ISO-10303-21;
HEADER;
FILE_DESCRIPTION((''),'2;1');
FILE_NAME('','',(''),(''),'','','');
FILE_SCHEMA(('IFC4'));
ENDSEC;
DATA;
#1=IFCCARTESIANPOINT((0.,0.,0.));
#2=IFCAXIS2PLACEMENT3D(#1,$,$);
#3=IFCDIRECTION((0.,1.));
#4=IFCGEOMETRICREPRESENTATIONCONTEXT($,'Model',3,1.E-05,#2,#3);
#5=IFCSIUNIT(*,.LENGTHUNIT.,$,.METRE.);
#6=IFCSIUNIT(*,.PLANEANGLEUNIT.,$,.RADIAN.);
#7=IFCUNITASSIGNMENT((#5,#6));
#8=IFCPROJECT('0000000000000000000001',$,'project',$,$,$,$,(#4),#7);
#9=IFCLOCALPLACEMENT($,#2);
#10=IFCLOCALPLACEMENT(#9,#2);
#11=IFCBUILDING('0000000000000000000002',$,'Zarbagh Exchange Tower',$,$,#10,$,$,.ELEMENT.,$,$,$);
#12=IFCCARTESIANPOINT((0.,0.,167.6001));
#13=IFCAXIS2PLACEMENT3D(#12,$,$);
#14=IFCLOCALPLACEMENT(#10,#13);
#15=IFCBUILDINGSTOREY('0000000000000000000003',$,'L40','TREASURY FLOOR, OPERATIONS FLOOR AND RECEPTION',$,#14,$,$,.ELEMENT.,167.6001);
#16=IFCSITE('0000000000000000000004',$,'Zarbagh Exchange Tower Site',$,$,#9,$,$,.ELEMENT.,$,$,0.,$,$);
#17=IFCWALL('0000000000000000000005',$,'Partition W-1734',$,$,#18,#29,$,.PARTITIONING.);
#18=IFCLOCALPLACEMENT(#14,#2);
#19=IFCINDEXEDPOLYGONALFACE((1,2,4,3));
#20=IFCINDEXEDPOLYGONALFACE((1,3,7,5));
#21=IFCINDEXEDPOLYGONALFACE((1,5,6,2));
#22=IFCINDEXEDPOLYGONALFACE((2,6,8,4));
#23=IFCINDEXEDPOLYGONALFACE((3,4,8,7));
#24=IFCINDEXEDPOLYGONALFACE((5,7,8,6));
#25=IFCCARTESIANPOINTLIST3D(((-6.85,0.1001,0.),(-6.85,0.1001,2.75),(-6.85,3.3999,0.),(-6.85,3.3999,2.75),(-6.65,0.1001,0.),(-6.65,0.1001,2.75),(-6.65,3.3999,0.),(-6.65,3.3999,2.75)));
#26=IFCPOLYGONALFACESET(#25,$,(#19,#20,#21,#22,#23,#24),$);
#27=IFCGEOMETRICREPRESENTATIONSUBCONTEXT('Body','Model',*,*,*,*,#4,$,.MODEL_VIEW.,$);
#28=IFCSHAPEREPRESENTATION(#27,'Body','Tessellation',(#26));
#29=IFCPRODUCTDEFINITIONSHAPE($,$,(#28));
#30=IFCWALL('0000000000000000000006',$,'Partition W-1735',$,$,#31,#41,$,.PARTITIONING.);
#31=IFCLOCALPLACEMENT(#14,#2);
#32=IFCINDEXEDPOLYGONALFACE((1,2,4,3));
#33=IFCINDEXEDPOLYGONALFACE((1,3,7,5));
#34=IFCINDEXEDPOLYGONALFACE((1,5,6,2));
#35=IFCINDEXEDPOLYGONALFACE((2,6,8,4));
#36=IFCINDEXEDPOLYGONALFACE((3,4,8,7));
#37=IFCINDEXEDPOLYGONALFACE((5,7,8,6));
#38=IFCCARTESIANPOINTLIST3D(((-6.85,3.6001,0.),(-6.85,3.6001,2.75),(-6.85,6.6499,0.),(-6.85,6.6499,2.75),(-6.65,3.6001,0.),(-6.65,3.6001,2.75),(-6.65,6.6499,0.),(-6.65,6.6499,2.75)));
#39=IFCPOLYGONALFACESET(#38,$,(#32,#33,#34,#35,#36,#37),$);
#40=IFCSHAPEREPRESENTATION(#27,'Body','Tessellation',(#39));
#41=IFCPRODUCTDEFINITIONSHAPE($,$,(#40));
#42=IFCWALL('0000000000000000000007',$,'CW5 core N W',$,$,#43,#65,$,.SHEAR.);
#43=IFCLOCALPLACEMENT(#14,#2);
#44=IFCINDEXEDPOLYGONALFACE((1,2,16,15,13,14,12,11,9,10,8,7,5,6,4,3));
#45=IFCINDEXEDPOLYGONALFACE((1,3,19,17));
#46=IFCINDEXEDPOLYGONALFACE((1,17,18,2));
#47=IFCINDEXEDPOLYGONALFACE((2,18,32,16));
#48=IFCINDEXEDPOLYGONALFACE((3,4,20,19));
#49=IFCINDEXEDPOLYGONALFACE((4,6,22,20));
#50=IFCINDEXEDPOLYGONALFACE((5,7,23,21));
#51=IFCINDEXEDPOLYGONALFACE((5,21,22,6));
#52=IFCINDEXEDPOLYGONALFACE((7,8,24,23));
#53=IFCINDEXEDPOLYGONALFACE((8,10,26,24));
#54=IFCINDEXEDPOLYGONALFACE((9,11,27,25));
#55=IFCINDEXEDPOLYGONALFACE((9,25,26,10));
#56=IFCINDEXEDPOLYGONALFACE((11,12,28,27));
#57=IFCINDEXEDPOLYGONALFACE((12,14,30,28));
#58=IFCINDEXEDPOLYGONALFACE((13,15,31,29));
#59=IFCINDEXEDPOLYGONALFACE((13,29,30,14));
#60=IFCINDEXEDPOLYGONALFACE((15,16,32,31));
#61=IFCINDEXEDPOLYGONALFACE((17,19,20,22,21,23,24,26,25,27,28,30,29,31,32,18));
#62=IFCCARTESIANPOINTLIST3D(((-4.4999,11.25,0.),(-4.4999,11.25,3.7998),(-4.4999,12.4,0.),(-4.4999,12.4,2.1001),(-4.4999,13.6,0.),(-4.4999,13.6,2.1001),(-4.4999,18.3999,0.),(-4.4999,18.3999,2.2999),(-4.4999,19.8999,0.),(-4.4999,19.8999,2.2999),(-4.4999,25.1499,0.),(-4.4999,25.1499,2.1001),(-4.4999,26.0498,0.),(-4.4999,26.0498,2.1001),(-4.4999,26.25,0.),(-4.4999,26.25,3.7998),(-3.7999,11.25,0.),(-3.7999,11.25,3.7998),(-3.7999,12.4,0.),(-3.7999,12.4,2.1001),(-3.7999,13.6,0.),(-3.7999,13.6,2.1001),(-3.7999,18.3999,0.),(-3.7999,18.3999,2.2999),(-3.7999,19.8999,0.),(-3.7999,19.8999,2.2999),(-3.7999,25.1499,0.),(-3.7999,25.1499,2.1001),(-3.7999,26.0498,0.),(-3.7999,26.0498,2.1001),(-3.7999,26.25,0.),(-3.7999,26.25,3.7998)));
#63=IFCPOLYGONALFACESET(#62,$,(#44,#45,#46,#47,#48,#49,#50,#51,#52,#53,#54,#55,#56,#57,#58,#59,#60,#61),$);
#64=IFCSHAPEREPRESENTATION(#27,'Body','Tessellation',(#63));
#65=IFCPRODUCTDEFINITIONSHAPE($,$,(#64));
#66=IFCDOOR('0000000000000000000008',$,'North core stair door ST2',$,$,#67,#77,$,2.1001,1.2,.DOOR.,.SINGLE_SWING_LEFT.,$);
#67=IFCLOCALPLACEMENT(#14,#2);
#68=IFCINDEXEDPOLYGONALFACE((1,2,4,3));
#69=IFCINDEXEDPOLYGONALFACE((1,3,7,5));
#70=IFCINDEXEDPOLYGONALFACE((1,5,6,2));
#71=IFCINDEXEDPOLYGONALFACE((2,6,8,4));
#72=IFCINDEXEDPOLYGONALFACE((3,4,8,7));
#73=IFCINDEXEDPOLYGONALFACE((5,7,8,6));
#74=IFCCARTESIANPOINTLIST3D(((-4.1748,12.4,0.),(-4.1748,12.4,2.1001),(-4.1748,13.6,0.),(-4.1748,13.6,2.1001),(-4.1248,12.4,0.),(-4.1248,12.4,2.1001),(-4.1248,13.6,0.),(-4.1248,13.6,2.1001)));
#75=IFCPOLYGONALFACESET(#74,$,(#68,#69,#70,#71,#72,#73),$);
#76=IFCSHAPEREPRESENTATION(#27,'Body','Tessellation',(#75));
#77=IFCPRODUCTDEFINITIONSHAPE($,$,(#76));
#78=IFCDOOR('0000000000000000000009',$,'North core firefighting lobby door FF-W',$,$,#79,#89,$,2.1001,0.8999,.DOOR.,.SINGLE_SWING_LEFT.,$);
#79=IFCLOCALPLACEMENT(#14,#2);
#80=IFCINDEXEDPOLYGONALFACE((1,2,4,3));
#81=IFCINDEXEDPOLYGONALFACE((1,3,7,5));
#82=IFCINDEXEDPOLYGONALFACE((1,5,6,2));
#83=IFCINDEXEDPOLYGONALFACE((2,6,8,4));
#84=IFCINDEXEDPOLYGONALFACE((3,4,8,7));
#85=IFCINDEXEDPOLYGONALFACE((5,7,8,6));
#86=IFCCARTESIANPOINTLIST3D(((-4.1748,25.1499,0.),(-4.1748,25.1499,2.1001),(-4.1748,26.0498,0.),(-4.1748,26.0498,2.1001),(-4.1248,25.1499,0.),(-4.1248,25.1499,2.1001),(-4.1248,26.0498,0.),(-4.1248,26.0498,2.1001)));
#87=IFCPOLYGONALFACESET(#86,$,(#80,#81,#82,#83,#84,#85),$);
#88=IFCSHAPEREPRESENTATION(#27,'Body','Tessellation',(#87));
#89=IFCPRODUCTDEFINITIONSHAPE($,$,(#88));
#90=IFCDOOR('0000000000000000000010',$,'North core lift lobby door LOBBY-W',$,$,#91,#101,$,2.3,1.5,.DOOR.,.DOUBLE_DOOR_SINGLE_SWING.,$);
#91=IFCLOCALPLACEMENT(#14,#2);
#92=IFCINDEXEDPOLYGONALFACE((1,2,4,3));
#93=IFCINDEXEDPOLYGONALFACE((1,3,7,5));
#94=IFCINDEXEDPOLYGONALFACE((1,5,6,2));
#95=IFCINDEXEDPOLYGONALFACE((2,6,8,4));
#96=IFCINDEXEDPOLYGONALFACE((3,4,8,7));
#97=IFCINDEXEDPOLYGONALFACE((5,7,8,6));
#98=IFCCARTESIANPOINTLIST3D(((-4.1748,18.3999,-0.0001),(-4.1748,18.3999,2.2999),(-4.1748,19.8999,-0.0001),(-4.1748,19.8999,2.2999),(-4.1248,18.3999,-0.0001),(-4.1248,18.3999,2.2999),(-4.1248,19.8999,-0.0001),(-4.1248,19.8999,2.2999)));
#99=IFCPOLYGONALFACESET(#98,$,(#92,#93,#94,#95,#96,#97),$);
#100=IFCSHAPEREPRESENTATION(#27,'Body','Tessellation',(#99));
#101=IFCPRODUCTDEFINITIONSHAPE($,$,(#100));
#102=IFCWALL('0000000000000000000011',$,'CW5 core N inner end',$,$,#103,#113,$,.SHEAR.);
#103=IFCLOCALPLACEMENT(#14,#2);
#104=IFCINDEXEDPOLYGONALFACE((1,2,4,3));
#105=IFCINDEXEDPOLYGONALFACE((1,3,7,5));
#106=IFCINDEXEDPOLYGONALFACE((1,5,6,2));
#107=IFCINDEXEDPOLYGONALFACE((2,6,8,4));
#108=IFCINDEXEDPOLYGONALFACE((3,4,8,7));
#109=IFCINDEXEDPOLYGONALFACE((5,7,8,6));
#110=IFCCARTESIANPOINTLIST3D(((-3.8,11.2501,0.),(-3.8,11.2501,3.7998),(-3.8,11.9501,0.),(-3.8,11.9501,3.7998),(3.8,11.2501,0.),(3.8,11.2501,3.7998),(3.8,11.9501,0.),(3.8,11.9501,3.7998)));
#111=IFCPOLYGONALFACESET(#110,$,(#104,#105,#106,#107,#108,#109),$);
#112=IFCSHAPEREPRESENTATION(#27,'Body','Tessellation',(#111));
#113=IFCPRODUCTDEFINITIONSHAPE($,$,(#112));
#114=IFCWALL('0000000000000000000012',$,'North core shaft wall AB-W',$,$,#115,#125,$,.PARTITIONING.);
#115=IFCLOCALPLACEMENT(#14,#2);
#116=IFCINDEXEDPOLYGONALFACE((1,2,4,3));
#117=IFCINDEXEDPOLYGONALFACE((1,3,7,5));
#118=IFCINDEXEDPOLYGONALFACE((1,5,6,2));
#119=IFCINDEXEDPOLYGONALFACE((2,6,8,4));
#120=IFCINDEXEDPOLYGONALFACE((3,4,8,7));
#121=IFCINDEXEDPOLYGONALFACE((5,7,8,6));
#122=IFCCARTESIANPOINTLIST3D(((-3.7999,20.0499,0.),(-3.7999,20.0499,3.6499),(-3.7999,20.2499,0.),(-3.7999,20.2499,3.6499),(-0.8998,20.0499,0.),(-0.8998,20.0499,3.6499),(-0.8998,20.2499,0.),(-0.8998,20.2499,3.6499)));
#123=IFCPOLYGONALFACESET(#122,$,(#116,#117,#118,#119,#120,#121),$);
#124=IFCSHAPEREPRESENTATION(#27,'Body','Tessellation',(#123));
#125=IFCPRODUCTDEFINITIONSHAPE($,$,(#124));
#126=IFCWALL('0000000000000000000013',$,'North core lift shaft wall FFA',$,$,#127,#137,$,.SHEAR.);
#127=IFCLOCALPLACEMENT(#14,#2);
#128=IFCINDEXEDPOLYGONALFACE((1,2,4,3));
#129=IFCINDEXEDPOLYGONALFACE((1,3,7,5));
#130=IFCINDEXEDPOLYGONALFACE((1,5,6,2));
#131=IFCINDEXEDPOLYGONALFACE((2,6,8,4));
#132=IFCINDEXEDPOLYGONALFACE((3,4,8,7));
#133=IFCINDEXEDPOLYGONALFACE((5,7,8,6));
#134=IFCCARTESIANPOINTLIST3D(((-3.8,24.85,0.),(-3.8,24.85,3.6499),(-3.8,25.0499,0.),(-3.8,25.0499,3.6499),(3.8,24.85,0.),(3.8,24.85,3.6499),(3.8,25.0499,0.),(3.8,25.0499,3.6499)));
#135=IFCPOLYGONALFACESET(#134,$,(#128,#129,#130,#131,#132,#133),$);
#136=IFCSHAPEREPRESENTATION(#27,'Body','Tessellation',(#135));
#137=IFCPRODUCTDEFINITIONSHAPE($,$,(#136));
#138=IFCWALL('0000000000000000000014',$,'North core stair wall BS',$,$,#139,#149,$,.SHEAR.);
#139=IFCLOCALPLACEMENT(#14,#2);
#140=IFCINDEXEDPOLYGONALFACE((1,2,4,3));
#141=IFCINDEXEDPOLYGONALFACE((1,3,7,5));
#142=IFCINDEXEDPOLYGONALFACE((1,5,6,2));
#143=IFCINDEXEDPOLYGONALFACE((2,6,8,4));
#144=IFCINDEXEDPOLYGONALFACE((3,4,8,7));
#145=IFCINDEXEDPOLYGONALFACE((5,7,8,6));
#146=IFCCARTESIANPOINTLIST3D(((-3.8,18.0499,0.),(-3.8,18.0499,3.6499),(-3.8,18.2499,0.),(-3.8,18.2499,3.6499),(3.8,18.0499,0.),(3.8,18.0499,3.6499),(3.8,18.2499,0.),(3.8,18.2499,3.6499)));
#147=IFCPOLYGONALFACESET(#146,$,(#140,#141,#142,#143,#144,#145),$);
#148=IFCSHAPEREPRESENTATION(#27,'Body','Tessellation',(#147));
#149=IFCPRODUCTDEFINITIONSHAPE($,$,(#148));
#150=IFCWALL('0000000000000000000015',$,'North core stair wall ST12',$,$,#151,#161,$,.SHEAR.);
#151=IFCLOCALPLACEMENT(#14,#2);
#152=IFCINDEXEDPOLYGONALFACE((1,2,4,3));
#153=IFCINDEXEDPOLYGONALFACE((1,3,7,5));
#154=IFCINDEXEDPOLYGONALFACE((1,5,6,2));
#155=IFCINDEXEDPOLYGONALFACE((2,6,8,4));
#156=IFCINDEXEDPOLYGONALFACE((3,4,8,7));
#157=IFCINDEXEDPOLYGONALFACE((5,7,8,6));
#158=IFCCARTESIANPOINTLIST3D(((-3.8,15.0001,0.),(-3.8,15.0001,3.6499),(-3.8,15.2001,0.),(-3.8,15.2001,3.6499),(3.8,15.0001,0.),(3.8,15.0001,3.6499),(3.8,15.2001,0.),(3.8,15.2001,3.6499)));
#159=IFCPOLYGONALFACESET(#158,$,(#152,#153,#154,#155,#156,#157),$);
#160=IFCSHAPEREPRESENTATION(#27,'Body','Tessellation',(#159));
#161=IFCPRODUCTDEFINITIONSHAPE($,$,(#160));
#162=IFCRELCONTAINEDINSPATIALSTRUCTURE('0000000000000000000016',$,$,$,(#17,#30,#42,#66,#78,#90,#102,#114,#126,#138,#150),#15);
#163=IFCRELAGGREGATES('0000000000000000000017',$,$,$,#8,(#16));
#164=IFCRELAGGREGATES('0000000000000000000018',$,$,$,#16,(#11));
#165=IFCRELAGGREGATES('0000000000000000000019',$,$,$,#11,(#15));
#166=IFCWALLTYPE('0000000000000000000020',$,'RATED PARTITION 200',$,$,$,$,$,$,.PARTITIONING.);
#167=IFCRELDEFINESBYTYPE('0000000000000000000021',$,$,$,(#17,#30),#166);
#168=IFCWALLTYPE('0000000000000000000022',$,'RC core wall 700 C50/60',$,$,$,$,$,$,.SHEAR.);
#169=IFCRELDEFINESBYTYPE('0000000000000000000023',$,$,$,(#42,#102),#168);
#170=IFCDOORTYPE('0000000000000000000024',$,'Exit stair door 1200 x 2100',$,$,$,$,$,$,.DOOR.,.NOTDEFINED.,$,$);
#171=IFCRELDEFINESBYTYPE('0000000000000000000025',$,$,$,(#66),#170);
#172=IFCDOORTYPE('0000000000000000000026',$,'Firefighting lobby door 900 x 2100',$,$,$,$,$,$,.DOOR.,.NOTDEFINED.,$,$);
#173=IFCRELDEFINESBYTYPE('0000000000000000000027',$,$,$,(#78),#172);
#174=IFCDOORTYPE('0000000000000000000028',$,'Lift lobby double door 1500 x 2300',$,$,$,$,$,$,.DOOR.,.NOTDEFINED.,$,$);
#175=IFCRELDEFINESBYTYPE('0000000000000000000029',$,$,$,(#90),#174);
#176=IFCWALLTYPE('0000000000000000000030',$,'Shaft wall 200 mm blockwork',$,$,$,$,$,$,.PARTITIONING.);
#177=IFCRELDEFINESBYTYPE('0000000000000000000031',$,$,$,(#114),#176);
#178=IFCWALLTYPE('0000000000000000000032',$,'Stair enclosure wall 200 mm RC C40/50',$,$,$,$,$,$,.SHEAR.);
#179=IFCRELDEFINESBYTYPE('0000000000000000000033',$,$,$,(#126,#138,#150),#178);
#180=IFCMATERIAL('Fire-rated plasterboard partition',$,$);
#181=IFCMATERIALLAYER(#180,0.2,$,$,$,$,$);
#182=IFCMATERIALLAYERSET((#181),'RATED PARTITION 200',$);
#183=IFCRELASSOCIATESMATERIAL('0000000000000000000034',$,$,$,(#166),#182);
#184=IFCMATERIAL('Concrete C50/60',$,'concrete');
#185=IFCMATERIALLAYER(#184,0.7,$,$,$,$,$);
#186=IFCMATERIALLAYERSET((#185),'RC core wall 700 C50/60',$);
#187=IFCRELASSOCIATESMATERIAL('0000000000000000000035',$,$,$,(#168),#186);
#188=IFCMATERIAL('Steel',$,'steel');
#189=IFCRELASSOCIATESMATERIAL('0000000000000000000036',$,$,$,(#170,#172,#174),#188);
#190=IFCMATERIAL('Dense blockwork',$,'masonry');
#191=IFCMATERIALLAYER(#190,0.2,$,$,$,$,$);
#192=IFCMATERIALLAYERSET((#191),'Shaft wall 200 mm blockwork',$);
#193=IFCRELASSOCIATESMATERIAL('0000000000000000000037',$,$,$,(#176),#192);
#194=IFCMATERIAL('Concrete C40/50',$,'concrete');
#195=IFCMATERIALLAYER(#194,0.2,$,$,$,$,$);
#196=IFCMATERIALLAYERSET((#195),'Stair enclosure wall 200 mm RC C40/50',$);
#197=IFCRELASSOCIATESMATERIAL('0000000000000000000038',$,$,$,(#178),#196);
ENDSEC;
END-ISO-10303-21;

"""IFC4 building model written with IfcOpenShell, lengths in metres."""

from ifc_helpers import new_model, si_unit, direction, frame, frame_2d, origin, place, context, subcontext, project, spatial, rectangle, extrude, material, layer, layer_set, type_object, element, fill, save


model = new_model("IFC4")

# Units and contexts
model_context = context("Model", 3, precision=1e-05, world=origin(), true_north=direction((0.0, 1.0)))
body_context = subcontext(model_context, "Body", "Model", "MODEL_VIEW")
ifc_project = project(units=[si_unit("LENGTHUNIT", "METRE"), si_unit("PLANEANGLEUNIT", "RADIAN")], contexts=[model_context])

# Site, building, storey
site_placement = place(None, origin())
site = spatial("IfcSite", under=ifc_project, at=site_placement, Name="Zarbagh Exchange Tower Site", CompositionType="ELEMENT", RefElevation=0.0)
building_placement = place(site_placement, origin())
building = spatial("IfcBuilding", under=site, at=building_placement, Name="Zarbagh Exchange Tower", CompositionType="ELEMENT")
storey_placement = place(building_placement, frame((0.0, 0.0, 167.6001)))
storey = spatial("IfcBuildingStorey", under=building, at=storey_placement, Name="L40", Description="TREASURY FLOOR, OPERATIONS FLOOR AND RECEPTION", CompositionType="ELEMENT", Elevation=167.6001)

# Shared definitions
ifc_material_1 = material(Name="Concrete C50/60", Category="concrete")

# Walls
ifc_material_2 = material(Name="Dense blockwork", Category="masonry")
ifc_material_3 = material(Name="Fire-rated plasterboard partition")
ifc_layer_1 = layer(ifc_material_3, 0.2)
ifc_layer_set_1 = layer_set([ifc_layer_1], Name="RATED PARTITION 200")
wall_type_1 = type_object("IfcWallType", Name="RATED PARTITION 200", PredefinedType="PARTITIONING", material=ifc_layer_set_1)
wall_1_placement = place(storey_placement, frame((-6.75, 0.1001, 0.0), z_axis=(0.0, 0.0, 1.0), x_axis=(0.0, 1.0, 0.0)))
element("IfcWall", 1, at=wall_1_placement, inside=storey, type_object=wall_type_1, Name="Partition W-1734", PredefinedType="PARTITIONING", context=body_context, shape_type="SweptSolid", body=[
    extrude(rectangle(XDim=3.2998, YDim=0.2, at=frame_2d((1.6499, 0.0))), origin(), (0.0, 0.0, 1.0), 2.75),
])
wall_2_placement = place(storey_placement, frame((-6.75, 3.6001, 0.0), z_axis=(0.0, 0.0, 1.0), x_axis=(0.0, 1.0, 0.0)))
element("IfcWall", 2, at=wall_2_placement, inside=storey, type_object=wall_type_1, Name="Partition W-1735", PredefinedType="PARTITIONING", context=body_context, shape_type="SweptSolid", body=[
    extrude(rectangle(XDim=3.0498, YDim=0.2, at=frame_2d((1.5249, 0.0))), origin(), (0.0, 0.0, 1.0), 2.75),
])

# Wall, openings, doors
ifc_layer_2 = layer(ifc_material_1, 0.7)
ifc_layer_set_2 = layer_set([ifc_layer_2], Name="RC core wall 700 C50/60")
wall_type_2 = type_object("IfcWallType", Name="RC core wall 700 C50/60", PredefinedType="SHEAR", material=ifc_layer_set_2)
wall_3_placement = place(storey_placement, frame((-4.1499, 11.25, 0.0), z_axis=(0.0, 0.0, 1.0), x_axis=(0.0, 1.0, 0.0)))
wall_3 = element("IfcWall", 3, at=wall_3_placement, inside=storey, type_object=wall_type_2, Name="CW5 core N W", PredefinedType="SHEAR", context=body_context, shape_type="SweptSolid", body=[
    extrude(rectangle(XDim=15.0, YDim=0.7, at=frame_2d((7.5, 0.0))), origin(), (0.0, 0.0, 1.0), 3.7998),
])
opening_1_placement = place(wall_3_placement, frame((7.1499, 0.0, 0.0)))
opening_1 = element("IfcOpeningElement", 4, at=opening_1_placement, cuts=wall_3, PredefinedType="OPENING", context=body_context, shape_type="SweptSolid", body=[
    extrude(rectangle(XDim=1.5, YDim=2.3, at=frame_2d((0.75, 1.1499))), frame((0.0, 0.3599, 0.0), z_axis=(0.0, -1.0, 0.0), x_axis=(1.0, 0.0, 0.0)), (0.0, 0.0, 1.0), 0.72),
])
opening_2_placement = place(wall_3_placement, frame((13.8999, 0.0, 0.0)))
opening_2 = element("IfcOpeningElement", 5, at=opening_2_placement, cuts=wall_3, PredefinedType="OPENING", context=body_context, shape_type="SweptSolid", body=[
    extrude(rectangle(XDim=0.8999, YDim=2.1001, at=frame_2d((0.45, 1.05))), frame((0.0, 0.3599, 0.0), z_axis=(0.0, -1.0, 0.0), x_axis=(1.0, 0.0, 0.0)), (0.0, 0.0, 1.0), 0.72),
])
opening_3_placement = place(wall_3_placement, frame((1.1499, 0.0, 0.0)))
opening_3 = element("IfcOpeningElement", 6, at=opening_3_placement, cuts=wall_3, PredefinedType="OPENING", context=body_context, shape_type="SweptSolid", body=[
    extrude(rectangle(XDim=1.2, YDim=2.1001, at=frame_2d((0.6001, 1.05))), frame((0.0, 0.3599, 0.0), z_axis=(0.0, -1.0, 0.0), x_axis=(1.0, 0.0, 0.0)), (0.0, 0.0, 1.0), 0.72),
])
ifc_material_4 = material(Name="Steel", Category="steel")
door_type_1 = type_object("IfcDoorType", Name="Exit stair door 1200 x 2100", OperationType="NOTDEFINED", PredefinedType="DOOR", material=ifc_material_4)
door_1_placement = place(opening_3_placement, origin())
door_1 = element("IfcDoor", 7, at=door_1_placement, inside=storey, type_object=door_type_1, Name="North core stair door ST2", OperationType="SINGLE_SWING_LEFT", OverallHeight=2.1001, OverallWidth=1.2, PredefinedType="DOOR", context=body_context, shape_type="SweptSolid", body=[
    extrude(rectangle(XDim=1.2, YDim=2.1001, at=frame_2d((0.6001, 1.05))), frame((0.0, 0.0249, 0.0), z_axis=(0.0, -1.0, 0.0), x_axis=(1.0, 0.0, 0.0)), (0.0, 0.0, 1.0), 0.05),
])
fill(opening_3, door_1)
door_type_2 = type_object("IfcDoorType", Name="Firefighting lobby door 900 x 2100", OperationType="NOTDEFINED", PredefinedType="DOOR", material=ifc_material_4)
door_2_placement = place(opening_2_placement, origin())
door_2 = element("IfcDoor", 8, at=door_2_placement, inside=storey, type_object=door_type_2, Name="North core firefighting lobby door FF-W", OperationType="SINGLE_SWING_LEFT", OverallHeight=2.1001, OverallWidth=0.8999, PredefinedType="DOOR", context=body_context, shape_type="SweptSolid", body=[
    extrude(rectangle(XDim=0.8999, YDim=2.1001, at=frame_2d((0.45, 1.05))), frame((0.0, 0.0249, 0.0), z_axis=(0.0, -1.0, 0.0), x_axis=(1.0, 0.0, 0.0)), (0.0, 0.0, 1.0), 0.05),
])
fill(opening_2, door_2)
door_type_3 = type_object("IfcDoorType", Name="Lift lobby double door 1500 x 2300", OperationType="NOTDEFINED", PredefinedType="DOOR", material=ifc_material_4)
door_3_placement = place(opening_1_placement, origin())
door_3 = element("IfcDoor", 9, at=door_3_placement, inside=storey, type_object=door_type_3, Name="North core lift lobby door LOBBY-W", OperationType="DOUBLE_DOOR_SINGLE_SWING", OverallHeight=2.3, OverallWidth=1.5, PredefinedType="DOOR", context=body_context, shape_type="SweptSolid", body=[
    extrude(rectangle(XDim=1.5, YDim=2.3, at=frame_2d((0.75, 1.1499))), frame((0.0, 0.0249, 0.0), z_axis=(0.0, -1.0, 0.0), x_axis=(1.0, 0.0, 0.0)), (0.0, 0.0, 1.0), 0.05),
])
fill(opening_1, door_3)

# Walls
wall_4_placement = place(storey_placement, frame((-3.8, 11.6001, 0.0), z_axis=(0.0, 0.0, 1.0), x_axis=(1.0, 0.0, 0.0)))
element("IfcWall", 10, at=wall_4_placement, inside=storey, type_object=wall_type_2, Name="CW5 core N inner end", PredefinedType="SHEAR", context=body_context, shape_type="SweptSolid", body=[
    extrude(rectangle(XDim=7.6001, YDim=0.7, at=frame_2d((3.8, 0.0))), origin(), (0.0, 0.0, 1.0), 3.7998),
])
ifc_layer_3 = layer(ifc_material_2, 0.2)
ifc_layer_set_3 = layer_set([ifc_layer_3], Name="Shaft wall 200 mm blockwork")
wall_type_3 = type_object("IfcWallType", Name="Shaft wall 200 mm blockwork", PredefinedType="PARTITIONING", material=ifc_layer_set_3)
wall_5_placement = place(storey_placement, frame((-3.8, 20.1499, 0.0), z_axis=(0.0, 0.0, 1.0), x_axis=(1.0, 0.0, 0.0)))
element("IfcWall", 11, at=wall_5_placement, inside=storey, type_object=wall_type_3, Name="North core shaft wall AB-W", PredefinedType="PARTITIONING", context=body_context, shape_type="SweptSolid", body=[
    extrude(rectangle(XDim=2.9001, YDim=0.2, at=frame_2d((1.4502, 0.0))), origin(), (0.0, 0.0, 1.0), 3.6499),
])
ifc_material_5 = material(Name="Concrete C40/50", Category="concrete")
ifc_layer_4 = layer(ifc_material_5, 0.2)
ifc_layer_set_4 = layer_set([ifc_layer_4], Name="Stair enclosure wall 200 mm RC C40/50")
wall_type_4 = type_object("IfcWallType", Name="Stair enclosure wall 200 mm RC C40/50", PredefinedType="SHEAR", material=ifc_layer_set_4)
for number, where, z_axis, x_axis, name in (
    (12, (-3.8, 24.95, 0.0), (0.0, 0.0, 1.0), (1.0, 0.0, 0.0), "North core lift shaft wall FFA"),
    (13, (-3.8, 18.1499, 0.0), (0.0, 0.0, 1.0), (1.0, 0.0, 0.0), "North core stair wall BS"),
    (14, (-3.8, 15.1001, 0.0), (0.0, 0.0, 1.0), (1.0, 0.0, 0.0), "North core stair wall ST12"),
):
    element("IfcWall", number, at=place(storey_placement, frame(where, z_axis=z_axis, x_axis=x_axis)), inside=storey, type_object=wall_type_4, Name=name, PredefinedType="SHEAR", context=body_context, shape_type="SweptSolid", body=[
        extrude(rectangle(XDim=7.6001, YDim=0.2, at=frame_2d((3.8, 0.0))), origin(), (0.0, 0.0, 1.0), 3.6499),
    ])

save(model, "model.ifc")
